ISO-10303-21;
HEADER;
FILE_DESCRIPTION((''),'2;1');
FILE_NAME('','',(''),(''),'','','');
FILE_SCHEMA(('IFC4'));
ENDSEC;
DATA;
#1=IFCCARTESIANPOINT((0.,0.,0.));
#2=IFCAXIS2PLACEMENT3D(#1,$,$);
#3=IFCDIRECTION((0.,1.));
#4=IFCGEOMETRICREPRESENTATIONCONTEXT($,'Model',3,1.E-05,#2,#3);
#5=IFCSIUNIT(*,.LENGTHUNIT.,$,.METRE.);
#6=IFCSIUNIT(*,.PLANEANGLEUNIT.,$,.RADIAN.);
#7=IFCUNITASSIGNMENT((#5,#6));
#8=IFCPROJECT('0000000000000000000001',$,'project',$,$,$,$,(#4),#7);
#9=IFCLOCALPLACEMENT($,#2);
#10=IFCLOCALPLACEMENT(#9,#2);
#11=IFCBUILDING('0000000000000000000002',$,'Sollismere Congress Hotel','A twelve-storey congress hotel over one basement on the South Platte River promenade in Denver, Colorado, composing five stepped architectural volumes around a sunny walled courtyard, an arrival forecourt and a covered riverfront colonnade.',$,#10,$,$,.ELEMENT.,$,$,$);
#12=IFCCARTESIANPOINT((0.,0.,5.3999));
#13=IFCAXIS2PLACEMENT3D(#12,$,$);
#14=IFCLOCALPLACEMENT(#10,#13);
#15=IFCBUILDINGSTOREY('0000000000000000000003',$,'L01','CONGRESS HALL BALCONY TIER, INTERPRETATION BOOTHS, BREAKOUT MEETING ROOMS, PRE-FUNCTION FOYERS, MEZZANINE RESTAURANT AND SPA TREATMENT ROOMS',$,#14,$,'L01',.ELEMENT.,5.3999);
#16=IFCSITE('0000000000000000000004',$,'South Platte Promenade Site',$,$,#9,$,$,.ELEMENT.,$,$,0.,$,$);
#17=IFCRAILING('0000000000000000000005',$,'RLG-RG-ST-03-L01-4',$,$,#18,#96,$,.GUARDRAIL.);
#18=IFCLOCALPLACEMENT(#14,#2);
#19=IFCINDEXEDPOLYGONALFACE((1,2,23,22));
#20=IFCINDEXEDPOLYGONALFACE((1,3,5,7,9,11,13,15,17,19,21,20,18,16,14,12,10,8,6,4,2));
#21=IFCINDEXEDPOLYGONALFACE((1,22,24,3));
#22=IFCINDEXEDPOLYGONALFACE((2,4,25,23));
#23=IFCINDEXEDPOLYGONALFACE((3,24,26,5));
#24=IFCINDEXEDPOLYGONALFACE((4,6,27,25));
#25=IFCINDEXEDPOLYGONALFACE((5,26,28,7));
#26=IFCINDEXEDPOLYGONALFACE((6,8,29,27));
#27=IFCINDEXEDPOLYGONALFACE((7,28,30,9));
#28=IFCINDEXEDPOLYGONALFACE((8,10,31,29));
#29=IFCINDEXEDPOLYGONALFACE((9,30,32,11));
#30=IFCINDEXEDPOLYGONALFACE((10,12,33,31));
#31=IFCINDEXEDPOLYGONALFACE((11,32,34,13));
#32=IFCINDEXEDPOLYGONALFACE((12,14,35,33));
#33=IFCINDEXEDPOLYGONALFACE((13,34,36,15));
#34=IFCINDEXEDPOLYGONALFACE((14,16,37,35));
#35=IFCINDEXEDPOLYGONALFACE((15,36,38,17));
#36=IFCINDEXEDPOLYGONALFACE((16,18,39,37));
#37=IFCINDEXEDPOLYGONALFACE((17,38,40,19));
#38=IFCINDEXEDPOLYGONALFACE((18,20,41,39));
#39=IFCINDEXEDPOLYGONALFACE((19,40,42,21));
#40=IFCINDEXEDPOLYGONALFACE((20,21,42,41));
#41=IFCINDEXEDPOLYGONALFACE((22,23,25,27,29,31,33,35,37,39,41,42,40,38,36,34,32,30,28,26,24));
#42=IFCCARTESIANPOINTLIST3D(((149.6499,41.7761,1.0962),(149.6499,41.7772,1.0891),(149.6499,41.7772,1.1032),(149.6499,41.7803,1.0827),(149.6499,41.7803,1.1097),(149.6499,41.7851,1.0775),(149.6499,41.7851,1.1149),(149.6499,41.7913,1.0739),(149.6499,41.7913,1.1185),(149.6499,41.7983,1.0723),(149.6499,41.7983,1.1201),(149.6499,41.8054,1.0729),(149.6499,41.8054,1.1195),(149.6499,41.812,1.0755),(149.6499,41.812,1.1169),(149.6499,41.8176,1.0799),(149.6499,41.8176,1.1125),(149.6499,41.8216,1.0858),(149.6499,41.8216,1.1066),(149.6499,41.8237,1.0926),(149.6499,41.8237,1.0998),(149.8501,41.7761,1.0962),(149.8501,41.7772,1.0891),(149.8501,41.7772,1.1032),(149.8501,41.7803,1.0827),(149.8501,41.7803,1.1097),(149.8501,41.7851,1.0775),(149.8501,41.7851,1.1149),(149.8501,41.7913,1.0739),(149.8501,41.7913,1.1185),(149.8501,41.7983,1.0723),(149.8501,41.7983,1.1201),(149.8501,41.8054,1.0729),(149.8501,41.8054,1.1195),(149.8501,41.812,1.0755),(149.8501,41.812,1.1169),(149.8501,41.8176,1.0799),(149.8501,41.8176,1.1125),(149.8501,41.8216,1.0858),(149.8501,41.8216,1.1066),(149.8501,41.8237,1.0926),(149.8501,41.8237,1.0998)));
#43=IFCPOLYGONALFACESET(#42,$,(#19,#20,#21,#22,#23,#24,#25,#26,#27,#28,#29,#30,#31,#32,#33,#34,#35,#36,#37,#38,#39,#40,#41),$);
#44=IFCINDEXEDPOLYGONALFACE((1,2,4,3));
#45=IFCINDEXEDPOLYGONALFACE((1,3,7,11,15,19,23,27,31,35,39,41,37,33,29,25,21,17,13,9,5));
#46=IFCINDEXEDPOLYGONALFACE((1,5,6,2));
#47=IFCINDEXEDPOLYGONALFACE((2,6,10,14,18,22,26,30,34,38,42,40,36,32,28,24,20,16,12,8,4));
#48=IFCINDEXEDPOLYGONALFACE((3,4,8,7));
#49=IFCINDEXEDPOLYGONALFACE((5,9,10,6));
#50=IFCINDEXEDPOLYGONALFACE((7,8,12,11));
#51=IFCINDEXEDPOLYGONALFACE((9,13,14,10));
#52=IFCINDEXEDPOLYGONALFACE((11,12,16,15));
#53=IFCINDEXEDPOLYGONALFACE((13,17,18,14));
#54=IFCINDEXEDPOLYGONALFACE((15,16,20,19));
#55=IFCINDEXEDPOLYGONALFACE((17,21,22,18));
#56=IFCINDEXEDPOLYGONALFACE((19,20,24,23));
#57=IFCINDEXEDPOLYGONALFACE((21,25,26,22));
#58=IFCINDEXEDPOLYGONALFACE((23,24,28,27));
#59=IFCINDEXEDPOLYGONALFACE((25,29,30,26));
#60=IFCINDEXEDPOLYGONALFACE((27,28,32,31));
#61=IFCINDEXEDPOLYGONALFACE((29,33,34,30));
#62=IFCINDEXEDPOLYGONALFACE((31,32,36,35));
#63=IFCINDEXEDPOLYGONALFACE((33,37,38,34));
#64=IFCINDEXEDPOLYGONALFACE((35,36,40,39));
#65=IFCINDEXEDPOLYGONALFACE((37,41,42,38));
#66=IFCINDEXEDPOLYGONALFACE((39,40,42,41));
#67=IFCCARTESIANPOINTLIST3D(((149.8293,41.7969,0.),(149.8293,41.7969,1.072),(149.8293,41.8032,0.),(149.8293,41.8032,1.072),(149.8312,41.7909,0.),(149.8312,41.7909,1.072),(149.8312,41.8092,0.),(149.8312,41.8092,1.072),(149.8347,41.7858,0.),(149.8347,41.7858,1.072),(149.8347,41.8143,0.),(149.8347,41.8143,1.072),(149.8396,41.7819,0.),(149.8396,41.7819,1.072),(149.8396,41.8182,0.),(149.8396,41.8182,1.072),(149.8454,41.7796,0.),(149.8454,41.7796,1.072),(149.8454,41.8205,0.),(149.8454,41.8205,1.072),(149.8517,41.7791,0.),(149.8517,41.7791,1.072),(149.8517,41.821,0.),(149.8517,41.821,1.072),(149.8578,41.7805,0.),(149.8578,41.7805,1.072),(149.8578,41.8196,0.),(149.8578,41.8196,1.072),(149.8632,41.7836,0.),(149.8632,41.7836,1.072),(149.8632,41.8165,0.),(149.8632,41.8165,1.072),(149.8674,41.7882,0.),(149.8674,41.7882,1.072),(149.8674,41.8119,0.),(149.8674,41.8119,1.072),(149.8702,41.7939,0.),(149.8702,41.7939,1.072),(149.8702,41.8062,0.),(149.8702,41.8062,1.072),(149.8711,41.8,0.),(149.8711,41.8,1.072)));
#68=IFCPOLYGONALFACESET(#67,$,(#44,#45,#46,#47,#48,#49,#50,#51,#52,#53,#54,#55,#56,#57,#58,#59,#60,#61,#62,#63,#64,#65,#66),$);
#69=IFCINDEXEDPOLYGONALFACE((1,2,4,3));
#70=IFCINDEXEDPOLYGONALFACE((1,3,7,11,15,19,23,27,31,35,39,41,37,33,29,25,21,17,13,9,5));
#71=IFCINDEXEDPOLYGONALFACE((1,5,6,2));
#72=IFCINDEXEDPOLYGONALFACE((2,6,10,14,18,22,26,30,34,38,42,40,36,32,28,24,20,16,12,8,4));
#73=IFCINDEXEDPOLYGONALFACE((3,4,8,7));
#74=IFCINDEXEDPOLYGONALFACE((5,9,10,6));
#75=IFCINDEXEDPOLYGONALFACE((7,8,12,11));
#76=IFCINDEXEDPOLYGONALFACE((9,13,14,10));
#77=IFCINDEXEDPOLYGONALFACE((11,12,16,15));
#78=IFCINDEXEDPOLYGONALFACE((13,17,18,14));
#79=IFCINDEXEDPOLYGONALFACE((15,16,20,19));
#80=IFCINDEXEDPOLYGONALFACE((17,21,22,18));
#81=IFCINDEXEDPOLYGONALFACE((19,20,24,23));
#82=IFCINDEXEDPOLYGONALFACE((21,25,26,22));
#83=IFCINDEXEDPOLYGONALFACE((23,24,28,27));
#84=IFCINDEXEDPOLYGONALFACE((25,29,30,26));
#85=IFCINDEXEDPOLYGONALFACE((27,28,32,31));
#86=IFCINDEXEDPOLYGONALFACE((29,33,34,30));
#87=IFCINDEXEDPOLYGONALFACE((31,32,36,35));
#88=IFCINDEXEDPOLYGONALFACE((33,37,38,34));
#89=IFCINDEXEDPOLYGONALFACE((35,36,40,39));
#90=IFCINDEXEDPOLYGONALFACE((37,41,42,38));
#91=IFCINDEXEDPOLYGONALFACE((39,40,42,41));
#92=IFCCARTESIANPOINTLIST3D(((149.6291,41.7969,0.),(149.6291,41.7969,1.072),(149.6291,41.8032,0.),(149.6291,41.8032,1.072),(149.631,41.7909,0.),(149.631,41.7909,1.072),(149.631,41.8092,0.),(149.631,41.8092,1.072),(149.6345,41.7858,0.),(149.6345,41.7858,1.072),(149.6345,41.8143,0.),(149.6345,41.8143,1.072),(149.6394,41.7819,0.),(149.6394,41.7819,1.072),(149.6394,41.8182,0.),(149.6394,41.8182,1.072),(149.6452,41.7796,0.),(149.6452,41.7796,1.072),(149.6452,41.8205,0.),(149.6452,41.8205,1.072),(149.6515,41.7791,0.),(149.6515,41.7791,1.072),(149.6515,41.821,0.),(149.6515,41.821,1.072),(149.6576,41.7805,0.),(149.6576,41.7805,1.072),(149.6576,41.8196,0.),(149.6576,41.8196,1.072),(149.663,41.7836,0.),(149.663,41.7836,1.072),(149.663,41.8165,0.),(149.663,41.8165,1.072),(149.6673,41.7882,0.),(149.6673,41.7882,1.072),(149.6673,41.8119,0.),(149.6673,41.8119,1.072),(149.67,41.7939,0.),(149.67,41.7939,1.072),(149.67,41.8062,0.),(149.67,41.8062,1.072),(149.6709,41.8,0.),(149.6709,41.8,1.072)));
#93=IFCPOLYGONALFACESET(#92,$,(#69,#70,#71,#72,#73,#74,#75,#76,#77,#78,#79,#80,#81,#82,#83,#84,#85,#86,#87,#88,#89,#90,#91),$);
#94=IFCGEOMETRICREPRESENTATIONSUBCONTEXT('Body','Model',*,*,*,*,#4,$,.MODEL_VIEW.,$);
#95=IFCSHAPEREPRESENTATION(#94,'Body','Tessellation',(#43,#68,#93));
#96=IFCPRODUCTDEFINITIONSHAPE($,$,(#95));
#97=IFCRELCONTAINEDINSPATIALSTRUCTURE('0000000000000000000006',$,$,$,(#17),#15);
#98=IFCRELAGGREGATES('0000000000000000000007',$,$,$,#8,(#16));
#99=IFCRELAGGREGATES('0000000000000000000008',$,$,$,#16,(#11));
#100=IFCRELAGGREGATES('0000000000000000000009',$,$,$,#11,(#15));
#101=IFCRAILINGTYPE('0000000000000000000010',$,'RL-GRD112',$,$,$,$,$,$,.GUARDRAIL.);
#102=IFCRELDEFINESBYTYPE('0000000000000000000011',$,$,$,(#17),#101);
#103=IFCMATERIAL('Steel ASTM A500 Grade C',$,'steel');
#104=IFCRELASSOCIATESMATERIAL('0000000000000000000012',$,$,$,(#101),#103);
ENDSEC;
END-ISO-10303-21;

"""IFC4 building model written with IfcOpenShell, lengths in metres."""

from ifc_helpers import new_model, si_unit, direction, frame, origin, origin_2d, place, context, subcontext, project, spatial, circle, extrude, material, type_object, element, save


model = new_model("IFC4")

# Units and contexts
model_context = context("Model", 3, precision=1e-05, world=origin(), true_north=direction((0.0, 1.0)))
body_context = subcontext(model_context, "Body", "Model", "MODEL_VIEW")
ifc_project = project(units=[si_unit("LENGTHUNIT", "METRE"), si_unit("PLANEANGLEUNIT", "RADIAN")], contexts=[model_context])

# Site, building, storey
site_placement = place(None, origin())
site = spatial("IfcSite", under=ifc_project, at=site_placement, Name="South Platte Promenade Site", CompositionType="ELEMENT", RefElevation=0.0)
building_placement = place(site_placement, origin())
building = spatial("IfcBuilding", under=site, at=building_placement, Name="Sollismere Congress Hotel", Description="A twelve-storey congress hotel over one basement on the South Platte River promenade in Denver, Colorado, composing five stepped architectural volumes around a sunny walled courtyard, an arrival forecourt and a covered riverfront colonnade.", CompositionType="ELEMENT")
storey_placement = place(building_placement, frame((0.0, 0.0, 5.3999)))
storey = spatial("IfcBuildingStorey", under=building, at=storey_placement, Name="L01", Description="CONGRESS HALL BALCONY TIER, INTERPRETATION BOOTHS, BREAKOUT MEETING ROOMS, PRE-FUNCTION FOYERS, MEZZANINE RESTAURANT AND SPA TREATMENT ROOMS", LongName="L01", CompositionType="ELEMENT", Elevation=5.3999)

# Railing
ifc_material_1 = material(Name="Steel ASTM A500 Grade C", Category="steel")
railing_type_1 = type_object("IfcRailingType", Name="RL-GRD112", PredefinedType="GUARDRAIL", material=ifc_material_1)
railing_1_placement = place(storey_placement, frame((149.8501, 41.8, 0.0)))
element("IfcRailing", 1, at=railing_1_placement, inside=storey, type_object=railing_type_1, Name="RLG-RG-ST-03-L01-4", PredefinedType="GUARDRAIL", context=body_context, shape_type="SweptSolid", body=[
    extrude(circle(Radius=0.0239, at=origin_2d()), frame((0.0, 0.0, 1.0962), z_axis=(-1.0, 0.0, 0.0), x_axis=(0.0, -1.0, 0.0)), (0.0, 0.0, 1.0), 0.2002),
    extrude(circle(Radius=0.021, at=origin_2d()), origin(), (0.0, 0.0, 1.0), 1.072),
    extrude(circle(Radius=0.021, at=origin_2d()), frame((-0.2002, 0.0, 0.0)), (0.0, 0.0, 1.0), 1.072),
])

save(model, "model.ifc")
